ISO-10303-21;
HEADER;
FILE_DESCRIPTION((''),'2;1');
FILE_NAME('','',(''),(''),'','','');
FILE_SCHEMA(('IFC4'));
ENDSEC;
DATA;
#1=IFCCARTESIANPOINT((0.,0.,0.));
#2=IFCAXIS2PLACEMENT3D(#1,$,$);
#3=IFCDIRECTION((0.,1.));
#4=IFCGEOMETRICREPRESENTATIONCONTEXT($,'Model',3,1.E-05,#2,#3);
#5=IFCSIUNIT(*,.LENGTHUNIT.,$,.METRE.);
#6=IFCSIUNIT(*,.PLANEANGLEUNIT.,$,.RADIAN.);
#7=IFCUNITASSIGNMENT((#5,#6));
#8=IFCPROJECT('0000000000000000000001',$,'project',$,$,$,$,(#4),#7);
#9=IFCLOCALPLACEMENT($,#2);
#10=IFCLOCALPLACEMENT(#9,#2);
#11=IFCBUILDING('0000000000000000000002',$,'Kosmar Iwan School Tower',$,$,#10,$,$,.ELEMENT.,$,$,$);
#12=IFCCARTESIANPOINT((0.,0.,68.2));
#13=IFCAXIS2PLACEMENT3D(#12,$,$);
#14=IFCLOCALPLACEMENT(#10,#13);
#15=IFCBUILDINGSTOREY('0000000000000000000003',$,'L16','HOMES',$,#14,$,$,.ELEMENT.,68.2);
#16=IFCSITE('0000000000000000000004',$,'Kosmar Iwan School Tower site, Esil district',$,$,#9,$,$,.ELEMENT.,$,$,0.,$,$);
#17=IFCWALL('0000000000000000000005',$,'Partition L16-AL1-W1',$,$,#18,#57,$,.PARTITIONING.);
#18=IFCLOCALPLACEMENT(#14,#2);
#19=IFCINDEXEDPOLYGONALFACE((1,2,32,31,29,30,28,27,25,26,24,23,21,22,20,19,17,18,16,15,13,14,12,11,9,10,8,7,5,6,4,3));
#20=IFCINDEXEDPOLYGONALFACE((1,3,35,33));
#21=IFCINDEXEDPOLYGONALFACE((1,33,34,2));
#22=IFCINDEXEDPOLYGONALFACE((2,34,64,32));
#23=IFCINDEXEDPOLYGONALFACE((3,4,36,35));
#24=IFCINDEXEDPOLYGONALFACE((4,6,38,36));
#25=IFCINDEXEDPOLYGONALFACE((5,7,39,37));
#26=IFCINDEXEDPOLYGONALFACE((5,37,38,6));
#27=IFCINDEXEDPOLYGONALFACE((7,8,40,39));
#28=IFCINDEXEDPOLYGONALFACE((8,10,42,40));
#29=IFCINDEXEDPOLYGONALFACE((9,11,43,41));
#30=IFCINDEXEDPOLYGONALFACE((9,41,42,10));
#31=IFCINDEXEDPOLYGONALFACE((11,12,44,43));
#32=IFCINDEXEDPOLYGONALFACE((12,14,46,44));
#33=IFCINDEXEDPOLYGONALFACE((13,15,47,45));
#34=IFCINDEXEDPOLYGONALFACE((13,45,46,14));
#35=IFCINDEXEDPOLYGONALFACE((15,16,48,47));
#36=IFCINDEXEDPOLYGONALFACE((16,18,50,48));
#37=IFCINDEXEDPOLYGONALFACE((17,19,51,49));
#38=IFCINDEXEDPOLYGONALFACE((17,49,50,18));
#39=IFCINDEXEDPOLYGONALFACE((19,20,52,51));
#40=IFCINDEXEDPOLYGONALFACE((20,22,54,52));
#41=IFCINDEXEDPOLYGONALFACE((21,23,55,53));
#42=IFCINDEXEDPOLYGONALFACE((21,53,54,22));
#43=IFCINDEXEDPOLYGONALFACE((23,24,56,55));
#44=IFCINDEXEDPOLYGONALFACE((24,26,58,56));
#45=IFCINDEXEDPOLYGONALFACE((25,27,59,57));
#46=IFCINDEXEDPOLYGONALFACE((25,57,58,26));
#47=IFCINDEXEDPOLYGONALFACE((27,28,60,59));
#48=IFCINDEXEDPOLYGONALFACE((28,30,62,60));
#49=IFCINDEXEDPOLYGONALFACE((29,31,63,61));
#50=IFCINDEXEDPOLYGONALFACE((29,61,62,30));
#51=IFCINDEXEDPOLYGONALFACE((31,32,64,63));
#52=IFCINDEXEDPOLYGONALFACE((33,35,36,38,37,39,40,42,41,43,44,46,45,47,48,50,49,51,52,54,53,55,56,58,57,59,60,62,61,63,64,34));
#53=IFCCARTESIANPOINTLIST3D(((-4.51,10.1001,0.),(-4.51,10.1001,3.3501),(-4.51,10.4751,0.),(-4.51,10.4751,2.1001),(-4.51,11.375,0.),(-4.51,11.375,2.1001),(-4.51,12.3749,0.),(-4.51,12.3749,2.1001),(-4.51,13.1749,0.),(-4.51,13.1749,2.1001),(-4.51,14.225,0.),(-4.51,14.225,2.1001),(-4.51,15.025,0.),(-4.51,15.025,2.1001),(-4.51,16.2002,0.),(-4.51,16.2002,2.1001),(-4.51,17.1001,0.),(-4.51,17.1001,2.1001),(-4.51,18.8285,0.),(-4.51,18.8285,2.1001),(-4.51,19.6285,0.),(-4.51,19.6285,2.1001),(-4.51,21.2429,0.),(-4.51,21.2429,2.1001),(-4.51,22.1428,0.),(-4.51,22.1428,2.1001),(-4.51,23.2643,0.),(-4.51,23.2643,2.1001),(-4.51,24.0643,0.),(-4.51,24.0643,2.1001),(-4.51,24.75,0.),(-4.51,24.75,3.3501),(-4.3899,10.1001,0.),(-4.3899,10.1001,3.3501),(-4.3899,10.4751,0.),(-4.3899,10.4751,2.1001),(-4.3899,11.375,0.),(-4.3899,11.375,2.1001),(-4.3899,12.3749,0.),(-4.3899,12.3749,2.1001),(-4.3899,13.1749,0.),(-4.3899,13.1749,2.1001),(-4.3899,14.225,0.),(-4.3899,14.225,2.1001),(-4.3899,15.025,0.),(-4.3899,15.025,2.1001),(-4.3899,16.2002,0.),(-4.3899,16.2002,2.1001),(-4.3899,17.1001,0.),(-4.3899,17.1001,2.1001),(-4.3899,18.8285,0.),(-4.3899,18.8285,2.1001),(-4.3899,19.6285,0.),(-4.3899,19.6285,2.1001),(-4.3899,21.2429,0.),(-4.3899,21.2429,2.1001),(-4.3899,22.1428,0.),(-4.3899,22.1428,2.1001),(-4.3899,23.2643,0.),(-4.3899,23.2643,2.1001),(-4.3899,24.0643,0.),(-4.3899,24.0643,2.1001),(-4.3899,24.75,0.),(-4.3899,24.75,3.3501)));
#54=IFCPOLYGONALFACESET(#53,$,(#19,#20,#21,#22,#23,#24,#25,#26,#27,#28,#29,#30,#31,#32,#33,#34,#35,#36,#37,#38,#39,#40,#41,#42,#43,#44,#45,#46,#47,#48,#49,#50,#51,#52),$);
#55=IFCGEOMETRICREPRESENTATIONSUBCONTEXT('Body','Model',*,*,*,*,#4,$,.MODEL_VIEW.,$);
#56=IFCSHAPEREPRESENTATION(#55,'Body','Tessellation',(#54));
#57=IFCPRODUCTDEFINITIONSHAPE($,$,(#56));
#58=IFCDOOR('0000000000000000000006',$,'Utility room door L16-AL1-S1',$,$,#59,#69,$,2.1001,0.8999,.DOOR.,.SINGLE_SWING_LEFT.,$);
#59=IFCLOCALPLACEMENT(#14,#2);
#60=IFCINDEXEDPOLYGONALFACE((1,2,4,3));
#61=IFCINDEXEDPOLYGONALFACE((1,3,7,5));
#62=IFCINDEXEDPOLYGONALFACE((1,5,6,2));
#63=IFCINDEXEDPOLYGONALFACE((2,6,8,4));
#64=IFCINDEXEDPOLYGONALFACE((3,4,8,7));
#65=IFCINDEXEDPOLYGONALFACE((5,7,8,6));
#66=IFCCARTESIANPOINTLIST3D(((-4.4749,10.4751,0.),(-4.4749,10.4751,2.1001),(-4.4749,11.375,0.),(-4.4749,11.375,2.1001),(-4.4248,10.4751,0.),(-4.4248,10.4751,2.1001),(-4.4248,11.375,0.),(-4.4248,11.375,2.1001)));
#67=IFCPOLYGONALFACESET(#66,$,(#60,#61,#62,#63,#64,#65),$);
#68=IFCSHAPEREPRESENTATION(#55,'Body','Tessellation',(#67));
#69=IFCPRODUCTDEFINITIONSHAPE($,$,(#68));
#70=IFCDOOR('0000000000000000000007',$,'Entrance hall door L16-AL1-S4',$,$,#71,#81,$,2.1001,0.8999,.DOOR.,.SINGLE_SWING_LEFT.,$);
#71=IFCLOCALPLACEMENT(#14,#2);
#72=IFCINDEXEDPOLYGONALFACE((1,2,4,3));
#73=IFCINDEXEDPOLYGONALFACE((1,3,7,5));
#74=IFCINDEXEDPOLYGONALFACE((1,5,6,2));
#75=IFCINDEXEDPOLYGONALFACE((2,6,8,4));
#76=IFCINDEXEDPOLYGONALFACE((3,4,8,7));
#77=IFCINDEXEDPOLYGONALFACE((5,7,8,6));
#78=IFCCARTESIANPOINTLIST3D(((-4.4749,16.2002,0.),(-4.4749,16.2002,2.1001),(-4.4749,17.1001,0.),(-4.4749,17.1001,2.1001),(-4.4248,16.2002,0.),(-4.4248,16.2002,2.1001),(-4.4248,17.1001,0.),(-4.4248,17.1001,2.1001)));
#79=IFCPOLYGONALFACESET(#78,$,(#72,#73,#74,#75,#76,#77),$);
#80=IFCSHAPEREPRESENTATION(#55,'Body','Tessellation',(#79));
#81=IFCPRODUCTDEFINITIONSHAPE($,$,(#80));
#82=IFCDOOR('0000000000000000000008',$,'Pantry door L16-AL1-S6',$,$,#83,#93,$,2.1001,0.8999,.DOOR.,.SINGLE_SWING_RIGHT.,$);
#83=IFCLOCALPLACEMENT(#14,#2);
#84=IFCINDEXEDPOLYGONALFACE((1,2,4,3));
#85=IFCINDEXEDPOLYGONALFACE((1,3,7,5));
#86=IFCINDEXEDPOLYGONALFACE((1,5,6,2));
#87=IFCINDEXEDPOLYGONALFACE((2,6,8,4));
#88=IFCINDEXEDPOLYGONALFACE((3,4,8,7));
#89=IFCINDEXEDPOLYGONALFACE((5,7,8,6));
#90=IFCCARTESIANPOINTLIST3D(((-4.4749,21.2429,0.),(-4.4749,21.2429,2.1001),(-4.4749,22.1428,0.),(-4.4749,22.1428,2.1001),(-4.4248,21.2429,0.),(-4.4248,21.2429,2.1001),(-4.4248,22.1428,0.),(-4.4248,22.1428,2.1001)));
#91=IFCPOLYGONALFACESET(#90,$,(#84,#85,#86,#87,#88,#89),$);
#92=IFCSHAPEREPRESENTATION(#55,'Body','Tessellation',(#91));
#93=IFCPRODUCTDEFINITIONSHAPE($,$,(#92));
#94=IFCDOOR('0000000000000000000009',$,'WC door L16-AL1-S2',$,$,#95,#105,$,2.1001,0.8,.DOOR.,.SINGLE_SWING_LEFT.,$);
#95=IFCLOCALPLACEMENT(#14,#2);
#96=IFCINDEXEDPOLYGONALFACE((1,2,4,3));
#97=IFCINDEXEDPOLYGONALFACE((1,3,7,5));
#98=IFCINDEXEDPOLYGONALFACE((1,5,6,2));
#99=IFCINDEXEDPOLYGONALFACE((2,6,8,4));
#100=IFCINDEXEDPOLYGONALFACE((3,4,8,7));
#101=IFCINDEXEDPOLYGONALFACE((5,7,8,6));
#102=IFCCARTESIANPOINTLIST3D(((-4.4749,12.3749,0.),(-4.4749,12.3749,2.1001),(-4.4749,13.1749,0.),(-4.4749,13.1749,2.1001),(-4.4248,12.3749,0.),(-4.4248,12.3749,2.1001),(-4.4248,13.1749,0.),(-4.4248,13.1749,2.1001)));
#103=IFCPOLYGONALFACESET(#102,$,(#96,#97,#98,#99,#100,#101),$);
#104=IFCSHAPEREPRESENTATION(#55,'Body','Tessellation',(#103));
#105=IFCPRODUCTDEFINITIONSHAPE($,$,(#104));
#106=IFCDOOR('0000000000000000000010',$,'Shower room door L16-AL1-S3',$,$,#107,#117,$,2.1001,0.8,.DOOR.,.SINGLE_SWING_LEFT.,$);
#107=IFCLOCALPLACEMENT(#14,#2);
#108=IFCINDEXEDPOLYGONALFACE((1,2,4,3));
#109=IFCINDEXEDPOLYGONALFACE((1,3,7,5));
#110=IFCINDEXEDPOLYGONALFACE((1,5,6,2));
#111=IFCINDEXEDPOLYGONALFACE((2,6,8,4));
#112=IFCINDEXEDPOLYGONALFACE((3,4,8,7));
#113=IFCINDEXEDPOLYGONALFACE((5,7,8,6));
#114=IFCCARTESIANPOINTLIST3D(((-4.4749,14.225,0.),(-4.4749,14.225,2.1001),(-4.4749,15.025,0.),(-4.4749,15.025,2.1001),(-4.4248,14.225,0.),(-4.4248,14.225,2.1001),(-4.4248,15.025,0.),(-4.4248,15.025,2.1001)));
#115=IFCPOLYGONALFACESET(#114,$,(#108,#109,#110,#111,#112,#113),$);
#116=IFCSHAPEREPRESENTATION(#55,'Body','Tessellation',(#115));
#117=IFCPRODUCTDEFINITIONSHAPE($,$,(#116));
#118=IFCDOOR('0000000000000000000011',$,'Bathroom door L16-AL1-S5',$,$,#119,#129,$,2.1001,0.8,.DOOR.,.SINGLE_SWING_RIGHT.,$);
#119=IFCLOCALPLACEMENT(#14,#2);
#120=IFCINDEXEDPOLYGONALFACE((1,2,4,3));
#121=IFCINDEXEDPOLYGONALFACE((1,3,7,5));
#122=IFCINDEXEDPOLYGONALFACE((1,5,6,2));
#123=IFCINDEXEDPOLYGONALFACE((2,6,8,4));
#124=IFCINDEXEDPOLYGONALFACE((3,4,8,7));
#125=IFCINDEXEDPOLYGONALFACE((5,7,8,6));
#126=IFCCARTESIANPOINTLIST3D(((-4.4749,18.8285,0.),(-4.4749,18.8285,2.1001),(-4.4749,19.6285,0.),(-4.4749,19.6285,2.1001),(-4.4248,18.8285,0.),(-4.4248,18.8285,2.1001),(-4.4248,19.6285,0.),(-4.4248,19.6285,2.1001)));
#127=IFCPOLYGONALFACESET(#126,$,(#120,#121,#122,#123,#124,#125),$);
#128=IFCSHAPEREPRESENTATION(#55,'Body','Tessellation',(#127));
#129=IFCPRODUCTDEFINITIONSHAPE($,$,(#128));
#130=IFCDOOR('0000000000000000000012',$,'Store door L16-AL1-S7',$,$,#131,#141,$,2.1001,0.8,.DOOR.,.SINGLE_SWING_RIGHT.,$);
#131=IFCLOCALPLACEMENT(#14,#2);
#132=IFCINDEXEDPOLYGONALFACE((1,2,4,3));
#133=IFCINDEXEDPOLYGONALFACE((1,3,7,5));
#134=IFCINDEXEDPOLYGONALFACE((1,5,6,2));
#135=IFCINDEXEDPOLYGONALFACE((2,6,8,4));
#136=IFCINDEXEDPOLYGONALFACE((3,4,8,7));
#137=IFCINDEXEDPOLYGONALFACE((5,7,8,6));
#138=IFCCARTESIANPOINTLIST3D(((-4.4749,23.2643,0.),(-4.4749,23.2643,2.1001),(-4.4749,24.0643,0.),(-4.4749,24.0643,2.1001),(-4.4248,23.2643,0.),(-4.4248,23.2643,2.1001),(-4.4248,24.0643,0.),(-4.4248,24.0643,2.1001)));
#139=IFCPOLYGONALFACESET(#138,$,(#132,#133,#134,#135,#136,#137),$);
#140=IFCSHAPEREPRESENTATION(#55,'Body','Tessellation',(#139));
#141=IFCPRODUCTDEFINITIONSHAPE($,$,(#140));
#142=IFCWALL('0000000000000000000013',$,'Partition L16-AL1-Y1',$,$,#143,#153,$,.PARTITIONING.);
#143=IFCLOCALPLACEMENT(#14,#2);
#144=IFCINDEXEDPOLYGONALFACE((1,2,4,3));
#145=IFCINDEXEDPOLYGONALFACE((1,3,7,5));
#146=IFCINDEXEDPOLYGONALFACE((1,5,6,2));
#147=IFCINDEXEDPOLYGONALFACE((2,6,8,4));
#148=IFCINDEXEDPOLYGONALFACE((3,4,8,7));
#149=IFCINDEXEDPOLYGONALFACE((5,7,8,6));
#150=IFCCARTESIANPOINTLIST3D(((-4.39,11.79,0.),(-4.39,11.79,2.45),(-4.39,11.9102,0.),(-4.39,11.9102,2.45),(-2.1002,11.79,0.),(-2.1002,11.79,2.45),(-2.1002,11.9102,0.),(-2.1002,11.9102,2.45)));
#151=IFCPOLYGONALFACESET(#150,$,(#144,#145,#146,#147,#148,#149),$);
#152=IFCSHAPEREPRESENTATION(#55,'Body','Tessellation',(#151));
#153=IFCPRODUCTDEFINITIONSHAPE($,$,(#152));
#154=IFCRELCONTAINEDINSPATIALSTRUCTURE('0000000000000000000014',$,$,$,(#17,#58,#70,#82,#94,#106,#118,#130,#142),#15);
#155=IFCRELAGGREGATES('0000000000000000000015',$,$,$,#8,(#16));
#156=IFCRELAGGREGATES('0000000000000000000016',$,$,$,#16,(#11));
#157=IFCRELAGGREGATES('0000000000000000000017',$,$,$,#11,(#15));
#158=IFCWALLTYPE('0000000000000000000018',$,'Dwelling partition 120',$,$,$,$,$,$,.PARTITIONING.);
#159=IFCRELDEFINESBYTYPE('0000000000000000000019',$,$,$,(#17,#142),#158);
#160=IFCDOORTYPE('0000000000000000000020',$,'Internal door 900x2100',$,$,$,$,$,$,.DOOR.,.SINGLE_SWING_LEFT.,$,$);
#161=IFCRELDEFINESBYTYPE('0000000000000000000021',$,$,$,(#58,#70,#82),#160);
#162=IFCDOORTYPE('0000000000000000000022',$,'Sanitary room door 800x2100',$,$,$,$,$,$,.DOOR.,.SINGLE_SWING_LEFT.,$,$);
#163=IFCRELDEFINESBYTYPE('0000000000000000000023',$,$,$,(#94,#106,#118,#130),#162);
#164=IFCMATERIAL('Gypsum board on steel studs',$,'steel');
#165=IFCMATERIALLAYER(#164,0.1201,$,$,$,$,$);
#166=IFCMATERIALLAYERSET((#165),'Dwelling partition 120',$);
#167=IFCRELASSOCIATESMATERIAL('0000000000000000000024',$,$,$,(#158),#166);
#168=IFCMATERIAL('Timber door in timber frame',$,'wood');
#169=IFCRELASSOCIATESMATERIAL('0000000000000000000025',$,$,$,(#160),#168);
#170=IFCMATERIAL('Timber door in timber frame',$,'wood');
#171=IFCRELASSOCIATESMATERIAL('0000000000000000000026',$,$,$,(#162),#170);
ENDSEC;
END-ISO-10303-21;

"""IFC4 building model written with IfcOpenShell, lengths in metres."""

from ifc_helpers import new_model, si_unit, direction, frame, frame_2d, origin, place, context, subcontext, project, spatial, rectangle, extrude, material, layer, layer_set, type_object, element, fill, save


model = new_model("IFC4")

# Units and contexts
model_context = context("Model", 3, precision=1e-05, world=origin(), true_north=direction((0.0, 1.0)))
body_context = subcontext(model_context, "Body", "Model", "MODEL_VIEW")
ifc_project = project(units=[si_unit("LENGTHUNIT", "METRE"), si_unit("PLANEANGLEUNIT", "RADIAN")], contexts=[model_context])

# Site, building, storey
site_placement = place(None, origin())
site = spatial("IfcSite", under=ifc_project, at=site_placement, Name="Kosmar Iwan School Tower site, Esil district", CompositionType="ELEMENT", RefElevation=0.0)
building_placement = place(site_placement, origin())
building = spatial("IfcBuilding", under=site, at=building_placement, Name="Kosmar Iwan School Tower", CompositionType="ELEMENT")
storey_placement = place(building_placement, frame((0.0, 0.0, 68.2)))
storey = spatial("IfcBuildingStorey", under=building, at=storey_placement, Name="L16", Description="HOMES", CompositionType="ELEMENT", Elevation=68.2)

# Wall, openings, doors
ifc_material_1 = material(Name="Gypsum board on steel studs", Category="steel")
ifc_layer_1 = layer(ifc_material_1, 0.1201)
ifc_layer_set_1 = layer_set([ifc_layer_1], Name="Dwelling partition 120")
wall_type_1 = type_object("IfcWallType", Name="Dwelling partition 120", PredefinedType="PARTITIONING", material=ifc_layer_set_1)
wall_1_placement = place(storey_placement, frame((-4.45, 10.1001, 0.0), z_axis=(0.0, 0.0, 1.0), x_axis=(0.0, 1.0, 0.0)))
wall_1 = element("IfcWall", 1, at=wall_1_placement, inside=storey, type_object=wall_type_1, Name="Partition L16-AL1-W1", PredefinedType="PARTITIONING", context=body_context, shape_type="SweptSolid", body=[
    extrude(rectangle(XDim=14.6499, YDim=0.1201, at=frame_2d((7.325, 0.0))), origin(), (0.0, 0.0, 1.0), 3.3501),
])
opening_1_placement = place(wall_1_placement, frame((0.375, 0.0, 0.0)))
opening_1 = element("IfcOpeningElement", 2, at=opening_1_placement, cuts=wall_1, PredefinedType="OPENING", context=body_context, shape_type="SweptSolid", body=[
    extrude(rectangle(XDim=0.8999, YDim=2.1001, at=frame_2d((0.45, 1.05))), frame((0.0, 0.072, 0.0), z_axis=(0.0, -1.0, 0.0), x_axis=(1.0, 0.0, 0.0)), (0.0, 0.0, 1.0), 0.144),
])
opening_2_placement = place(wall_1_placement, frame((2.2749, 0.0, 0.0)))
opening_2 = element("IfcOpeningElement", 3, at=opening_2_placement, cuts=wall_1, PredefinedType="OPENING", context=body_context, shape_type="SweptSolid", body=[
    extrude(rectangle(XDim=0.8, YDim=2.1001, at=frame_2d((0.3999, 1.05))), frame((0.0, 0.072, 0.0), z_axis=(0.0, -1.0, 0.0), x_axis=(1.0, 0.0, 0.0)), (0.0, 0.0, 1.0), 0.144),
])
opening_3_placement = place(wall_1_placement, frame((4.125, 0.0, 0.0)))
opening_3 = element("IfcOpeningElement", 4, at=opening_3_placement, cuts=wall_1, PredefinedType="OPENING", context=body_context, shape_type="SweptSolid", body=[
    extrude(rectangle(XDim=0.8, YDim=2.1001, at=frame_2d((0.3999, 1.05))), frame((0.0, 0.072, 0.0), z_axis=(0.0, -1.0, 0.0), x_axis=(1.0, 0.0, 0.0)), (0.0, 0.0, 1.0), 0.144),
])
opening_4_placement = place(wall_1_placement, frame((6.1001, 0.0, 0.0)))
opening_4 = element("IfcOpeningElement", 5, at=opening_4_placement, cuts=wall_1, PredefinedType="OPENING", context=body_context, shape_type="SweptSolid", body=[
    extrude(rectangle(XDim=0.8999, YDim=2.1001, at=frame_2d((0.45, 1.05))), frame((0.0, 0.072, 0.0), z_axis=(0.0, -1.0, 0.0), x_axis=(1.0, 0.0, 0.0)), (0.0, 0.0, 1.0), 0.144),
])
opening_5_placement = place(wall_1_placement, frame((8.7285, 0.0, 0.0)))
opening_5 = element("IfcOpeningElement", 6, at=opening_5_placement, cuts=wall_1, PredefinedType="OPENING", context=body_context, shape_type="SweptSolid", body=[
    extrude(rectangle(XDim=0.8, YDim=2.1001, at=frame_2d((0.3999, 1.05))), frame((0.0, 0.072, 0.0), z_axis=(0.0, -1.0, 0.0), x_axis=(1.0, 0.0, 0.0)), (0.0, 0.0, 1.0), 0.144),
])
opening_6_placement = place(wall_1_placement, frame((11.1428, 0.0, 0.0)))
opening_6 = element("IfcOpeningElement", 7, at=opening_6_placement, cuts=wall_1, PredefinedType="OPENING", context=body_context, shape_type="SweptSolid", body=[
    extrude(rectangle(XDim=0.8999, YDim=2.1001, at=frame_2d((0.45, 1.05))), frame((0.0, 0.072, 0.0), z_axis=(0.0, -1.0, 0.0), x_axis=(1.0, 0.0, 0.0)), (0.0, 0.0, 1.0), 0.144),
])
opening_7_placement = place(wall_1_placement, frame((13.1643, 0.0, 0.0)))
opening_7 = element("IfcOpeningElement", 8, at=opening_7_placement, cuts=wall_1, PredefinedType="OPENING", context=body_context, shape_type="SweptSolid", body=[
    extrude(rectangle(XDim=0.8, YDim=2.1001, at=frame_2d((0.3999, 1.05))), frame((0.0, 0.072, 0.0), z_axis=(0.0, -1.0, 0.0), x_axis=(1.0, 0.0, 0.0)), (0.0, 0.0, 1.0), 0.144),
])
ifc_material_2 = material(Name="Timber door in timber frame", Category="wood")
door_type_1 = type_object("IfcDoorType", Name="Internal door 900x2100", OperationType="SINGLE_SWING_LEFT", PredefinedType="DOOR", material=ifc_material_2)
door_1_placement = place(opening_1_placement, origin())
door_1 = element("IfcDoor", 9, at=door_1_placement, inside=storey, type_object=door_type_1, Name="Utility room door L16-AL1-S1", OperationType="SINGLE_SWING_LEFT", OverallHeight=2.1001, OverallWidth=0.8999, PredefinedType="DOOR", context=body_context, shape_type="SweptSolid", body=[
    extrude(rectangle(XDim=0.8999, YDim=2.1001, at=frame_2d((0.45, 1.05))), frame((0.0, 0.0249, 0.0), z_axis=(0.0, -1.0, 0.0), x_axis=(1.0, 0.0, 0.0)), (0.0, 0.0, 1.0), 0.05),
])
fill(opening_1, door_1)
door_2_placement = place(opening_4_placement, origin())
door_2 = element("IfcDoor", 10, at=door_2_placement, inside=storey, type_object=door_type_1, Name="Entrance hall door L16-AL1-S4", OperationType="SINGLE_SWING_LEFT", OverallHeight=2.1001, OverallWidth=0.8999, PredefinedType="DOOR", context=body_context, shape_type="SweptSolid", body=[
    extrude(rectangle(XDim=0.8999, YDim=2.1001, at=frame_2d((0.45, 1.05))), frame((0.0, 0.0249, 0.0), z_axis=(0.0, -1.0, 0.0), x_axis=(1.0, 0.0, 0.0)), (0.0, 0.0, 1.0), 0.05),
])
fill(opening_4, door_2)
door_3_placement = place(opening_6_placement, origin())
door_3 = element("IfcDoor", 11, at=door_3_placement, inside=storey, type_object=door_type_1, Name="Pantry door L16-AL1-S6", OperationType="SINGLE_SWING_RIGHT", OverallHeight=2.1001, OverallWidth=0.8999, PredefinedType="DOOR", context=body_context, shape_type="SweptSolid", body=[
    extrude(rectangle(XDim=0.8999, YDim=2.1001, at=frame_2d((0.45, 1.05))), frame((0.0, 0.0249, 0.0), z_axis=(0.0, -1.0, 0.0), x_axis=(1.0, 0.0, 0.0)), (0.0, 0.0, 1.0), 0.05),
])
fill(opening_6, door_3)
ifc_material_3 = material(Name="Timber door in timber frame", Category="wood")
door_type_2 = type_object("IfcDoorType", Name="Sanitary room door 800x2100", OperationType="SINGLE_SWING_LEFT", PredefinedType="DOOR", material=ifc_material_3)
door_4_placement = place(opening_2_placement, origin())
door_4 = element("IfcDoor", 12, at=door_4_placement, inside=storey, type_object=door_type_2, Name="WC door L16-AL1-S2", OperationType="SINGLE_SWING_LEFT", OverallHeight=2.1001, OverallWidth=0.8, PredefinedType="DOOR", context=body_context, shape_type="SweptSolid", body=[
    extrude(rectangle(XDim=0.8, YDim=2.1001, at=frame_2d((0.3999, 1.05))), frame((0.0, 0.0249, 0.0), z_axis=(0.0, -1.0, 0.0), x_axis=(1.0, 0.0, 0.0)), (0.0, 0.0, 1.0), 0.05),
])
fill(opening_2, door_4)
door_5_placement = place(opening_3_placement, origin())
door_5 = element("IfcDoor", 13, at=door_5_placement, inside=storey, type_object=door_type_2, Name="Shower room door L16-AL1-S3", OperationType="SINGLE_SWING_LEFT", OverallHeight=2.1001, OverallWidth=0.8, PredefinedType="DOOR", context=body_context, shape_type="SweptSolid", body=[
    extrude(rectangle(XDim=0.8, YDim=2.1001, at=frame_2d((0.3999, 1.05))), frame((0.0, 0.0249, 0.0), z_axis=(0.0, -1.0, 0.0), x_axis=(1.0, 0.0, 0.0)), (0.0, 0.0, 1.0), 0.05),
])
fill(opening_3, door_5)
door_6_placement = place(opening_5_placement, origin())
door_6 = element("IfcDoor", 14, at=door_6_placement, inside=storey, type_object=door_type_2, Name="Bathroom door L16-AL1-S5", OperationType="SINGLE_SWING_RIGHT", OverallHeight=2.1001, OverallWidth=0.8, PredefinedType="DOOR", context=body_context, shape_type="SweptSolid", body=[
    extrude(rectangle(XDim=0.8, YDim=2.1001, at=frame_2d((0.3999, 1.05))), frame((0.0, 0.0249, 0.0), z_axis=(0.0, -1.0, 0.0), x_axis=(1.0, 0.0, 0.0)), (0.0, 0.0, 1.0), 0.05),
])
fill(opening_5, door_6)
door_7_placement = place(opening_7_placement, origin())
door_7 = element("IfcDoor", 15, at=door_7_placement, inside=storey, type_object=door_type_2, Name="Store door L16-AL1-S7", OperationType="SINGLE_SWING_RIGHT", OverallHeight=2.1001, OverallWidth=0.8, PredefinedType="DOOR", context=body_context, shape_type="SweptSolid", body=[
    extrude(rectangle(XDim=0.8, YDim=2.1001, at=frame_2d((0.3999, 1.05))), frame((0.0, 0.0249, 0.0), z_axis=(0.0, -1.0, 0.0), x_axis=(1.0, 0.0, 0.0)), (0.0, 0.0, 1.0), 0.05),
])
fill(opening_7, door_7)

# Wall
wall_2_placement = place(storey_placement, frame((-2.1001, 11.8501, 0.0), z_axis=(0.0, 0.0, 1.0), x_axis=(-1.0, 0.0, 0.0)))
element("IfcWall", 16, at=wall_2_placement, inside=storey, type_object=wall_type_1, Name="Partition L16-AL1-Y1", PredefinedType="PARTITIONING", context=body_context, shape_type="SweptSolid", body=[
    extrude(rectangle(XDim=2.2898, YDim=0.1201, at=frame_2d((1.145, 0.0))), origin(), (0.0, 0.0, 1.0), 2.45),
])

save(model, "model.ifc")
